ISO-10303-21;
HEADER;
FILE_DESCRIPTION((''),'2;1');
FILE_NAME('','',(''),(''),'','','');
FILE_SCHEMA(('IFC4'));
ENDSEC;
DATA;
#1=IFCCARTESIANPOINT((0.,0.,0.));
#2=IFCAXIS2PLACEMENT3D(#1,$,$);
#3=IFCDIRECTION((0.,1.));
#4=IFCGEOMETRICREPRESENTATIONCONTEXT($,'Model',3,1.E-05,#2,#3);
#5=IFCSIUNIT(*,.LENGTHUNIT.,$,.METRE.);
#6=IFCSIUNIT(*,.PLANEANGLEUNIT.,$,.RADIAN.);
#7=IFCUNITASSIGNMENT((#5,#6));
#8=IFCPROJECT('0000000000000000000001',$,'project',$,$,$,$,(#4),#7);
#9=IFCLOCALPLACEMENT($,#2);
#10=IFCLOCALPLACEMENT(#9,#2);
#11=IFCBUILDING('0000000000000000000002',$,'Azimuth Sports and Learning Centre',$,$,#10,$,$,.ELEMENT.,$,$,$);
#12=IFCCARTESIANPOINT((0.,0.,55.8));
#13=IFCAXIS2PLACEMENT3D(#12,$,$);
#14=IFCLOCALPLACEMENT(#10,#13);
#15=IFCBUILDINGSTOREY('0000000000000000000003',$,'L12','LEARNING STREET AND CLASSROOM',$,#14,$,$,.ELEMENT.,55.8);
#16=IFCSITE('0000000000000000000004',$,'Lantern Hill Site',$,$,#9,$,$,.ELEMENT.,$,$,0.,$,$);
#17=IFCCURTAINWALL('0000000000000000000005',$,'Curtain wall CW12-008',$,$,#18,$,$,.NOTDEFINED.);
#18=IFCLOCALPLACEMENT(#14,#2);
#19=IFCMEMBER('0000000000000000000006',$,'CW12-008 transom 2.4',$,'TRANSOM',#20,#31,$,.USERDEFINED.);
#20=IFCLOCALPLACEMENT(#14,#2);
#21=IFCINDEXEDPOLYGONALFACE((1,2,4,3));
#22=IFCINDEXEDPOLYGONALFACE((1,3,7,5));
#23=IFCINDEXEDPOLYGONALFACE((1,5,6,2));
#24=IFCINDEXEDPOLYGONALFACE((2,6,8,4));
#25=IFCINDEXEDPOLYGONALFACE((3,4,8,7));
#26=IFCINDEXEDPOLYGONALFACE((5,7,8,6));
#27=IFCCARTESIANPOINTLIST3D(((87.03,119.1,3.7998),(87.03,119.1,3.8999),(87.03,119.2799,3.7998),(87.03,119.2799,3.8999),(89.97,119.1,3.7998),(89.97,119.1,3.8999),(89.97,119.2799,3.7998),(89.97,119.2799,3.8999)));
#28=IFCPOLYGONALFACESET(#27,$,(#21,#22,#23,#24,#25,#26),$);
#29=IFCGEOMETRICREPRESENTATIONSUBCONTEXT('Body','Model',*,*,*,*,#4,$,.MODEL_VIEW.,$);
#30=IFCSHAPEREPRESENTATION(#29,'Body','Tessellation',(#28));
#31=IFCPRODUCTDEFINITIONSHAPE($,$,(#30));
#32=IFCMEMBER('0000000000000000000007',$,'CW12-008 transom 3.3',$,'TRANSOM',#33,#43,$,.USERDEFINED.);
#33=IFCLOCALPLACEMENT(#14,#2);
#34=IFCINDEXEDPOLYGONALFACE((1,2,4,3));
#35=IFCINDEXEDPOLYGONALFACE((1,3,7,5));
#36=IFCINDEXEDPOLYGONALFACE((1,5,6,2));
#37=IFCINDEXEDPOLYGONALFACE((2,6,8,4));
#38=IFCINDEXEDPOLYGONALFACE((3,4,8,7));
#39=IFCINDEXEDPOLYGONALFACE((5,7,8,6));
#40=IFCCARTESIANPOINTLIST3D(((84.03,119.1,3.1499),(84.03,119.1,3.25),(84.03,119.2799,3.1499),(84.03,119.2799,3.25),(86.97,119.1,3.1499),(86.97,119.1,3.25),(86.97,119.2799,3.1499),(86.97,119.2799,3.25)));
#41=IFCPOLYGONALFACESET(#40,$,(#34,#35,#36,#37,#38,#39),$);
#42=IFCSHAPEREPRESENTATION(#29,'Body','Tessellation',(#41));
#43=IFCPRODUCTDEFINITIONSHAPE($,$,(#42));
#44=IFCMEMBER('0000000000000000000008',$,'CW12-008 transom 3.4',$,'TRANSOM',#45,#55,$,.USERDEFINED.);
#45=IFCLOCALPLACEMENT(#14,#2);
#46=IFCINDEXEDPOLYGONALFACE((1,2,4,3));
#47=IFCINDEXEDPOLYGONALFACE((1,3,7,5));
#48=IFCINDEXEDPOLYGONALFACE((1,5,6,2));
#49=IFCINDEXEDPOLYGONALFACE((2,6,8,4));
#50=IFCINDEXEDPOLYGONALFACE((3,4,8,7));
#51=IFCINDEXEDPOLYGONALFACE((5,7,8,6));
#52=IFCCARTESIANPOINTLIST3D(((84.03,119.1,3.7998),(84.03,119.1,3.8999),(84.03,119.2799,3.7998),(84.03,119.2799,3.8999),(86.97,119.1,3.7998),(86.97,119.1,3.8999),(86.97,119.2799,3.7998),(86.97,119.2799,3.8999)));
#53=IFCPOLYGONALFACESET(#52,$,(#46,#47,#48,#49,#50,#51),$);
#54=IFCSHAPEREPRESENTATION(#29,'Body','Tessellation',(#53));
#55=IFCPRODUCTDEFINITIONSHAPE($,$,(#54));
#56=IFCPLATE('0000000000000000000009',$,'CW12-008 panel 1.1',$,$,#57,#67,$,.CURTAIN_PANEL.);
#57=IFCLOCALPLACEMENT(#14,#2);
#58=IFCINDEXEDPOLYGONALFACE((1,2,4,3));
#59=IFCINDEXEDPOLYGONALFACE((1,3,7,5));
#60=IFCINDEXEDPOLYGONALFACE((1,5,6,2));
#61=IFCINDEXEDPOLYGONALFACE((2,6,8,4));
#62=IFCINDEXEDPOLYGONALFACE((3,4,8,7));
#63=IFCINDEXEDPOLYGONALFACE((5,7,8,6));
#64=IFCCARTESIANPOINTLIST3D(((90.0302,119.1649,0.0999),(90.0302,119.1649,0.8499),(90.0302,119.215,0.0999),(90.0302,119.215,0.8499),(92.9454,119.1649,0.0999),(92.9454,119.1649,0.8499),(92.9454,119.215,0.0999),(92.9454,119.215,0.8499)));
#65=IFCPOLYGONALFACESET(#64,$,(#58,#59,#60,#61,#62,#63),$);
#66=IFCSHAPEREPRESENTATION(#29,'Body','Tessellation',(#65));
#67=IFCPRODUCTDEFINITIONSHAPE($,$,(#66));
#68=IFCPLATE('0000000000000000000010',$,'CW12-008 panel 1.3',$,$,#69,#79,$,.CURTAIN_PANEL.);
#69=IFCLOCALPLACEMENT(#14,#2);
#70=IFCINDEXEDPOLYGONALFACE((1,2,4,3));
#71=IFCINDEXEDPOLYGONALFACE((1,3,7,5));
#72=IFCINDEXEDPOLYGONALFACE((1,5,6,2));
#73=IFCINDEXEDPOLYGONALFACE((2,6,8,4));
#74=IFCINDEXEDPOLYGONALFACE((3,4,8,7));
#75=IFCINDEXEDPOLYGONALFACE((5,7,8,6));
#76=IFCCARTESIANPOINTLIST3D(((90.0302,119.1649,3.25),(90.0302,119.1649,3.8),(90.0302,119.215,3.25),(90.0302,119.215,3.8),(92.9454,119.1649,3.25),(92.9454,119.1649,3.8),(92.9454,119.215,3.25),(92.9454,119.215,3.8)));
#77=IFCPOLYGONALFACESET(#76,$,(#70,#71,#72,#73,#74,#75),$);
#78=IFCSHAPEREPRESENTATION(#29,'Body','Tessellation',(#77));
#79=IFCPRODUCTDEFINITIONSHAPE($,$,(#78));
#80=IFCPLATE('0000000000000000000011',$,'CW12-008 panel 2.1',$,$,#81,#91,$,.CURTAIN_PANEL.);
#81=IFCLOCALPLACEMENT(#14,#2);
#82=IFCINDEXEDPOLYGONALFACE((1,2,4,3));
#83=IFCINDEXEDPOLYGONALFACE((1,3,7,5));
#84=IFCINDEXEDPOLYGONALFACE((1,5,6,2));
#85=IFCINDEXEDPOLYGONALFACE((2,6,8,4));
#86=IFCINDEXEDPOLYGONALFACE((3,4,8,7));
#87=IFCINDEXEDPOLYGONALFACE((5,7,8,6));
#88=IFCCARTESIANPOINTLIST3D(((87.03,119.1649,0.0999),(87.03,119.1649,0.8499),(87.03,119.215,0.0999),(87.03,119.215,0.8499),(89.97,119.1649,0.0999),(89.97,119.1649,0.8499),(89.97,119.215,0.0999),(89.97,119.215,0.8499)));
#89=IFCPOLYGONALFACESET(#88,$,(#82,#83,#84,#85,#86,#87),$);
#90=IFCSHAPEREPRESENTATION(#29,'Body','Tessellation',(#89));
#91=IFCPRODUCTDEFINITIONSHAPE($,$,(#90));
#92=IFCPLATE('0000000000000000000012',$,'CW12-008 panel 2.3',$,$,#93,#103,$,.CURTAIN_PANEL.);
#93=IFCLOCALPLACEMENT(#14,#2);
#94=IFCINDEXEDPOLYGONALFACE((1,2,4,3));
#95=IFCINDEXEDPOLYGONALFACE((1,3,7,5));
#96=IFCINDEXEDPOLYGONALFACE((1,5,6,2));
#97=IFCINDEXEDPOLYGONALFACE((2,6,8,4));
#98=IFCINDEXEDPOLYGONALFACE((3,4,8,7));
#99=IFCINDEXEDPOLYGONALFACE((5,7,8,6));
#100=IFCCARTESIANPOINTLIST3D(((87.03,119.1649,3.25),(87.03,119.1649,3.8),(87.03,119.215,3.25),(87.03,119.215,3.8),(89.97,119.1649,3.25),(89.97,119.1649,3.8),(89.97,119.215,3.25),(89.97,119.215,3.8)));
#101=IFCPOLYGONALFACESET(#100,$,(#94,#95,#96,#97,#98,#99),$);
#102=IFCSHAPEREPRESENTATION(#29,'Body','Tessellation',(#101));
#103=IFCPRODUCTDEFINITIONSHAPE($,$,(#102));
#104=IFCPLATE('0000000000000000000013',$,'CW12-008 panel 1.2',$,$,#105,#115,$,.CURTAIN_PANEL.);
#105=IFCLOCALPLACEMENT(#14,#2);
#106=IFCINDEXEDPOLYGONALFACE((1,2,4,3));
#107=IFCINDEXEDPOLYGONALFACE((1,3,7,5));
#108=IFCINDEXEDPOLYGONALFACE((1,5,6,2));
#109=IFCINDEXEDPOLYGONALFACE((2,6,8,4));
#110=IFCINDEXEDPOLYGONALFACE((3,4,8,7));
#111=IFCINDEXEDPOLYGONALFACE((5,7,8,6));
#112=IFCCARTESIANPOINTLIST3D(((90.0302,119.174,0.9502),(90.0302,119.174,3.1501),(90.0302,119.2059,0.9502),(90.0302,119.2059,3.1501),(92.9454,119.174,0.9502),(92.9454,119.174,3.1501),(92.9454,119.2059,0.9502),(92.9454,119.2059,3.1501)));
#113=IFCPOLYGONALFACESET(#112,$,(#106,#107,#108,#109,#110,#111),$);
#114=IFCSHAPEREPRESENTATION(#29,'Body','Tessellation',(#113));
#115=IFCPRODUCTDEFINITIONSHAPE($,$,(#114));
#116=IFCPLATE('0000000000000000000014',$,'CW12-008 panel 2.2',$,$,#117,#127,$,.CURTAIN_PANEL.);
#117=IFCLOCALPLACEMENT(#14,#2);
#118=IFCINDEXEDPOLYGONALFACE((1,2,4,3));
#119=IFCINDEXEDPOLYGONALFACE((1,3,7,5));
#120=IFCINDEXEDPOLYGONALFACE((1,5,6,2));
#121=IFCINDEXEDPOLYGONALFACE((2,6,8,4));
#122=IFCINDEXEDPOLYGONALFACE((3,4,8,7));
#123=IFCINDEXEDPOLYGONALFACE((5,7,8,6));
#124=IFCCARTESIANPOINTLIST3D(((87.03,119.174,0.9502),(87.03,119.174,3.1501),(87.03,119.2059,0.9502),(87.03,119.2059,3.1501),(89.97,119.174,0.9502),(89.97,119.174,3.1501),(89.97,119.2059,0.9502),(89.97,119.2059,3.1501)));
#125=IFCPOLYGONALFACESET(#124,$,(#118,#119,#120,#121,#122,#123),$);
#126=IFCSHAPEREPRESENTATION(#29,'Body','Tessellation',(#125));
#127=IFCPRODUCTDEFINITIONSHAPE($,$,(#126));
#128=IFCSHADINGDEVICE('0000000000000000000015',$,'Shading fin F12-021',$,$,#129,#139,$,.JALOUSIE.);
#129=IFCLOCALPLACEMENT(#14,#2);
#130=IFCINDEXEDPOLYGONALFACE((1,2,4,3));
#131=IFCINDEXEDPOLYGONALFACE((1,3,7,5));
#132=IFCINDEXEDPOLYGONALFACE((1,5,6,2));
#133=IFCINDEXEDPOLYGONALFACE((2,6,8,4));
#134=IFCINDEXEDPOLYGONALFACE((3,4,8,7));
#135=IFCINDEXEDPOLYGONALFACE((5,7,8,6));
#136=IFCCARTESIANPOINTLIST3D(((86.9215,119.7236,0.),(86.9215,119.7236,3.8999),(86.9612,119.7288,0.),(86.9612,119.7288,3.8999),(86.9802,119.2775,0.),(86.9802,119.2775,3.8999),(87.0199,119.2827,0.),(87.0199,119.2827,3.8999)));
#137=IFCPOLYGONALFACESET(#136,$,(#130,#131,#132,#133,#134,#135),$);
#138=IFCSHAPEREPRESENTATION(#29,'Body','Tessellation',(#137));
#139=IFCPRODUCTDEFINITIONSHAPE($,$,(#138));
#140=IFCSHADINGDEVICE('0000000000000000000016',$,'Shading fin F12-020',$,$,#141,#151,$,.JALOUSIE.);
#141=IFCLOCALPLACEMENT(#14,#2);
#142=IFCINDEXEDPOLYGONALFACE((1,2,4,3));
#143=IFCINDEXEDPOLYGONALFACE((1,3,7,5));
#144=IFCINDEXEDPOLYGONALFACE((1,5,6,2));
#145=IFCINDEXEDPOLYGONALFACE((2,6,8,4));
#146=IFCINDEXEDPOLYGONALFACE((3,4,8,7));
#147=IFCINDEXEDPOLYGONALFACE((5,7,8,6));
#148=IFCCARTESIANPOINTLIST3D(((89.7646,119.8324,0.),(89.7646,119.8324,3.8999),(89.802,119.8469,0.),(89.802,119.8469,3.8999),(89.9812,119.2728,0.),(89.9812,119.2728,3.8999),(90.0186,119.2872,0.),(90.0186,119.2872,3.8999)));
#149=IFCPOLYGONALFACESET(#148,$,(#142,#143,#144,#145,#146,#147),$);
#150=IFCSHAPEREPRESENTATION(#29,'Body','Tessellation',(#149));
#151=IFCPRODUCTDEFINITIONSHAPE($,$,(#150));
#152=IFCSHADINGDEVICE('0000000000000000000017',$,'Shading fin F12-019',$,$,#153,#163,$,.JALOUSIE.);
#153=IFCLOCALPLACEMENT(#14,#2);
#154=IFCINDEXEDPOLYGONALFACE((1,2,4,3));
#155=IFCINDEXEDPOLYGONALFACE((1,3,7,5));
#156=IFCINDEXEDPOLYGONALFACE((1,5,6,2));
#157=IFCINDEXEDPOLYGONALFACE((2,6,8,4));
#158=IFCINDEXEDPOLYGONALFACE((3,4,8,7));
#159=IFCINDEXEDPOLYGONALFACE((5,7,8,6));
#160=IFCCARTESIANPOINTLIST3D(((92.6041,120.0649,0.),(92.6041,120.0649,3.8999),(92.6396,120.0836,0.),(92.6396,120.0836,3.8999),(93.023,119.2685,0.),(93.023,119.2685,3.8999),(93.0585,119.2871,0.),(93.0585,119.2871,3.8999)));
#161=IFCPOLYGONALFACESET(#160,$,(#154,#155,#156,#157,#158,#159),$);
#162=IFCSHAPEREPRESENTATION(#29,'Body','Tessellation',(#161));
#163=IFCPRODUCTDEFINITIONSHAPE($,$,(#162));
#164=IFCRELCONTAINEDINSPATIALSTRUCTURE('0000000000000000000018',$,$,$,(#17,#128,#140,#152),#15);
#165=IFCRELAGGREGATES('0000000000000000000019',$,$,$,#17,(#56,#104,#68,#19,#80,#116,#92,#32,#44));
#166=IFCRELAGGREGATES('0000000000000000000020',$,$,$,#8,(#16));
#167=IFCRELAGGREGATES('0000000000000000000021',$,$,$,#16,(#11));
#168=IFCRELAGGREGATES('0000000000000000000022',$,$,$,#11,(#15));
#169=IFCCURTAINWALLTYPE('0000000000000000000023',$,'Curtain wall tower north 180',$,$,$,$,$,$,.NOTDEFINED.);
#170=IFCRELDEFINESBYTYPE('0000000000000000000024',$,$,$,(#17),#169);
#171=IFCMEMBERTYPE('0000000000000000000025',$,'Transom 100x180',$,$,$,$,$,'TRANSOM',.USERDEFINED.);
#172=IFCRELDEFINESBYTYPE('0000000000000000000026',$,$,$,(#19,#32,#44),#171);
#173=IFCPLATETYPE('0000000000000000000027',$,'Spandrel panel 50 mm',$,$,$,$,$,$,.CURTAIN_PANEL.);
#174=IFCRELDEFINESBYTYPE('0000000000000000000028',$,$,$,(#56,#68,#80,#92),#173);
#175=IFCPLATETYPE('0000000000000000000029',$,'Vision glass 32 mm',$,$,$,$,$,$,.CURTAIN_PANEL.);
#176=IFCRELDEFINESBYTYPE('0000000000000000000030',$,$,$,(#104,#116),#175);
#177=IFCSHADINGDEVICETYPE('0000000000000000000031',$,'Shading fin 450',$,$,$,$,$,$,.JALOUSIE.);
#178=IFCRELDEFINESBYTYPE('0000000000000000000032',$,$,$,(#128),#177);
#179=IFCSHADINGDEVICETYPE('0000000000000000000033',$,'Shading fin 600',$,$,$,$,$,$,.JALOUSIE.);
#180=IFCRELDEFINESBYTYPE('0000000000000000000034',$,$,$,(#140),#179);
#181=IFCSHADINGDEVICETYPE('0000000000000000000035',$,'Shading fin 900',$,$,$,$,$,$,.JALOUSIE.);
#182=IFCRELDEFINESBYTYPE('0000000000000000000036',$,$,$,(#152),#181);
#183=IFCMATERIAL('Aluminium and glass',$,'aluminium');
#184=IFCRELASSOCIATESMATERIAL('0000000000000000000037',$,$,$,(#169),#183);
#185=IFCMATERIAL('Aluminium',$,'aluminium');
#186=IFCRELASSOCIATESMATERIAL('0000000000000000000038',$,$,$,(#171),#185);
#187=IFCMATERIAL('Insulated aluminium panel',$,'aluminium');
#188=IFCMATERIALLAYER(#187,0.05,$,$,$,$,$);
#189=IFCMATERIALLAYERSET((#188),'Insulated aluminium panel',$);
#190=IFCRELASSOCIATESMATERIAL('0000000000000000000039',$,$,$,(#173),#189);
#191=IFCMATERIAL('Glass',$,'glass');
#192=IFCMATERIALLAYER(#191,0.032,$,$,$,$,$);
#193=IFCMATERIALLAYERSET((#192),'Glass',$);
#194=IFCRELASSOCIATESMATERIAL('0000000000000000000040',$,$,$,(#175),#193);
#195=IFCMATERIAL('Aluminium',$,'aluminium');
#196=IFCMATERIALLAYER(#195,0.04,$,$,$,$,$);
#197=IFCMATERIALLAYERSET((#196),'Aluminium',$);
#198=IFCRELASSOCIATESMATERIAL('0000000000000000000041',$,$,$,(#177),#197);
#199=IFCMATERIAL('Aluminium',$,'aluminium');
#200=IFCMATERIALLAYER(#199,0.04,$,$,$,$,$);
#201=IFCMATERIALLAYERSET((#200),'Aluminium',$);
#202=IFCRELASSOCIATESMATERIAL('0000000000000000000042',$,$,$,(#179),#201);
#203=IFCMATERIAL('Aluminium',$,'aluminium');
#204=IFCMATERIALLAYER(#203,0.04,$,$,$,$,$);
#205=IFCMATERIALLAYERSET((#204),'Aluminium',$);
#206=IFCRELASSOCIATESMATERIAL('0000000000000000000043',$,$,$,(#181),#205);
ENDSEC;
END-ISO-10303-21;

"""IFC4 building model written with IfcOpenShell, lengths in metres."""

from ifc_helpers import new_model, si_unit, direction, frame, origin, origin_2d, place, context, subcontext, project, spatial, rectangle, extrude, material, layer, layer_set, material_profile, profile_set, type_object, element, aggregate, save


model = new_model("IFC4")

# Units and contexts
model_context = context("Model", 3, precision=1e-05, world=origin(), true_north=direction((0.0, 1.0)))
body_context = subcontext(model_context, "Body", "Model", "MODEL_VIEW")
ifc_project = project(units=[si_unit("LENGTHUNIT", "METRE"), si_unit("PLANEANGLEUNIT", "RADIAN")], contexts=[model_context])

# Site, building, storey
site_placement = place(None, origin())
site = spatial("IfcSite", under=ifc_project, at=site_placement, Name="Lantern Hill Site", CompositionType="ELEMENT", RefElevation=0.0)
building_placement = place(site_placement, origin())
building = spatial("IfcBuilding", under=site, at=building_placement, Name="Azimuth Sports and Learning Centre", CompositionType="ELEMENT")
storey_placement = place(building_placement, frame((0.0, 0.0, 55.8)))
storey = spatial("IfcBuildingStorey", under=building, at=storey_placement, Name="L12", Description="LEARNING STREET AND CLASSROOM", CompositionType="ELEMENT", Elevation=55.8)

# Curtain wall, members, plates
ifc_material_1 = material(Name="Aluminium and glass", Category="aluminium")
curtain_wall_type = type_object("IfcCurtainWallType", Name="Curtain wall tower north 180", PredefinedType="NOTDEFINED", material=ifc_material_1)
curtain_wall_placement = place(storey_placement, origin())
curtain_wall = element("IfcCurtainWall", 1, at=curtain_wall_placement, inside=storey, type_object=curtain_wall_type, Name="Curtain wall CW12-008", PredefinedType="NOTDEFINED")
ifc_material_2 = material(Name="Aluminium", Category="aluminium")
ifc_material_profile_1 = material_profile(ifc_material_2, rectangle(XDim=0.1799, YDim=0.1001, at=origin_2d()), Name="Transom 100x180")
ifc_profile_set_1 = profile_set([ifc_material_profile_1], Name="Aluminium")
member_type_1 = type_object("IfcMemberType", Name="Transom 100x180", ElementType="TRANSOM", PredefinedType="USERDEFINED", material=ifc_profile_set_1)
member_1_placement = place(storey_placement, frame((89.97, 119.1899, 3.8499), z_axis=(-1.0, 0.0, 0.0), x_axis=(0.0, -1.0, 0.0)))
member_1 = element("IfcMember", 2, at=member_1_placement, type_object=member_type_1, Name="CW12-008 transom 2.4", ObjectType="TRANSOM", PredefinedType="USERDEFINED", context=body_context, shape_type="SweptSolid", body=[
    extrude(rectangle(XDim=0.1799, YDim=0.1001, at=origin_2d()), origin(), (0.0, 0.0, 1.0), 2.9399),
])
member_2_placement = place(storey_placement, frame((86.97, 119.1899, 3.2), z_axis=(-1.0, 0.0, 0.0), x_axis=(0.0, -1.0, 0.0)))
member_2 = element("IfcMember", 3, at=member_2_placement, type_object=member_type_1, Name="CW12-008 transom 3.3", ObjectType="TRANSOM", PredefinedType="USERDEFINED", context=body_context, shape_type="SweptSolid", body=[
    extrude(rectangle(XDim=0.1799, YDim=0.1001, at=origin_2d()), origin(), (0.0, 0.0, 1.0), 2.9399),
])
member_3_placement = place(storey_placement, frame((86.97, 119.1899, 3.8499), z_axis=(-1.0, 0.0, 0.0), x_axis=(0.0, -1.0, 0.0)))
member_3 = element("IfcMember", 4, at=member_3_placement, type_object=member_type_1, Name="CW12-008 transom 3.4", ObjectType="TRANSOM", PredefinedType="USERDEFINED", context=body_context, shape_type="SweptSolid", body=[
    extrude(rectangle(XDim=0.1799, YDim=0.1001, at=origin_2d()), origin(), (0.0, 0.0, 1.0), 2.9399),
])
ifc_material_3 = material(Name="Insulated aluminium panel", Category="aluminium")
ifc_layer_1 = layer(ifc_material_3, 0.05)
ifc_layer_set_1 = layer_set([ifc_layer_1], Name="Insulated aluminium panel")
plate_type_1 = type_object("IfcPlateType", Name="Spandrel panel 50 mm", PredefinedType="CURTAIN_PANEL", material=ifc_layer_set_1)
plate_1_placement = place(storey_placement, frame((91.4878, 119.1899, 0.0999), z_axis=(0.0, 0.0, 1.0), x_axis=(-1.0, 0.0, 0.0)))
plate_1 = element("IfcPlate", 5, at=plate_1_placement, type_object=plate_type_1, Name="CW12-008 panel 1.1", PredefinedType="CURTAIN_PANEL", context=body_context, shape_type="SweptSolid", body=[
    extrude(rectangle(XDim=2.9153, YDim=0.05, at=origin_2d()), origin(), (0.0, 0.0, 1.0), 0.75),
])
plate_2_placement = place(storey_placement, frame((91.4878, 119.1899, 3.25), z_axis=(0.0, 0.0, 1.0), x_axis=(-1.0, 0.0, 0.0)))
plate_2 = element("IfcPlate", 6, at=plate_2_placement, type_object=plate_type_1, Name="CW12-008 panel 1.3", PredefinedType="CURTAIN_PANEL", context=body_context, shape_type="SweptSolid", body=[
    extrude(rectangle(XDim=2.9153, YDim=0.05, at=origin_2d()), origin(), (0.0, 0.0, 1.0), 0.55),
])
plate_3_placement = place(storey_placement, frame((88.5, 119.1899, 0.0999), z_axis=(0.0, 0.0, 1.0), x_axis=(-1.0, 0.0, 0.0)))
plate_3 = element("IfcPlate", 7, at=plate_3_placement, type_object=plate_type_1, Name="CW12-008 panel 2.1", PredefinedType="CURTAIN_PANEL", context=body_context, shape_type="SweptSolid", body=[
    extrude(rectangle(XDim=2.9399, YDim=0.05, at=origin_2d()), origin(), (0.0, 0.0, 1.0), 0.75),
])
plate_4_placement = place(storey_placement, frame((88.5, 119.1899, 3.25), z_axis=(0.0, 0.0, 1.0), x_axis=(-1.0, 0.0, 0.0)))
plate_4 = element("IfcPlate", 8, at=plate_4_placement, type_object=plate_type_1, Name="CW12-008 panel 2.3", PredefinedType="CURTAIN_PANEL", context=body_context, shape_type="SweptSolid", body=[
    extrude(rectangle(XDim=2.9399, YDim=0.05, at=origin_2d()), origin(), (0.0, 0.0, 1.0), 0.55),
])
ifc_material_4 = material(Name="Glass", Category="glass")
ifc_layer_2 = layer(ifc_material_4, 0.032)
ifc_layer_set_2 = layer_set([ifc_layer_2], Name="Glass")
plate_type_2 = type_object("IfcPlateType", Name="Vision glass 32 mm", PredefinedType="CURTAIN_PANEL", material=ifc_layer_set_2)
plate_5_placement = place(storey_placement, frame((91.4878, 119.1899, 0.9502), z_axis=(0.0, 0.0, 1.0), x_axis=(-1.0, 0.0, 0.0)))
plate_5 = element("IfcPlate", 9, at=plate_5_placement, type_object=plate_type_2, Name="CW12-008 panel 1.2", PredefinedType="CURTAIN_PANEL", context=body_context, shape_type="SweptSolid", body=[
    extrude(rectangle(XDim=2.9153, YDim=0.032, at=origin_2d()), origin(), (0.0, 0.0, 1.0), 2.2),
])
plate_6_placement = place(storey_placement, frame((88.5, 119.1899, 0.9502), z_axis=(0.0, 0.0, 1.0), x_axis=(-1.0, 0.0, 0.0)))
plate_6 = element("IfcPlate", 10, at=plate_6_placement, type_object=plate_type_2, Name="CW12-008 panel 2.2", PredefinedType="CURTAIN_PANEL", context=body_context, shape_type="SweptSolid", body=[
    extrude(rectangle(XDim=2.9399, YDim=0.032, at=origin_2d()), origin(), (0.0, 0.0, 1.0), 2.2),
])
aggregate(curtain_wall, [plate_1, plate_5, plate_2, member_1, plate_3, plate_6, plate_4, member_2, member_3])

# Shading devices
ifc_material_5 = material(Name="Aluminium", Category="aluminium")
ifc_layer_3 = layer(ifc_material_5, 0.04)
ifc_layer_set_3 = layer_set([ifc_layer_3], Name="Aluminium")
shading_device_type_1 = type_object("IfcShadingDeviceType", Name="Shading fin 450", PredefinedType="JALOUSIE", material=ifc_layer_set_3)
shading_device_1_placement = place(storey_placement, frame((86.9707, 119.5032, 0.0), z_axis=(0.0, 0.0, 1.0), x_axis=(-0.130264, 0.991479, 0.0)))
element("IfcShadingDevice", 11, at=shading_device_1_placement, inside=storey, type_object=shading_device_type_1, Name="Shading fin F12-021", PredefinedType="JALOUSIE", context=body_context, shape_type="SweptSolid", body=[
    extrude(rectangle(XDim=0.45, YDim=0.04, at=origin_2d()), origin(), (0.0, 0.0, 1.0), 3.8999),
])
ifc_material_6 = material(Name="Aluminium", Category="aluminium")
ifc_layer_4 = layer(ifc_material_6, 0.04)
ifc_layer_set_4 = layer_set([ifc_layer_4], Name="Aluminium")
shading_device_type_2 = type_object("IfcShadingDeviceType", Name="Shading fin 600", PredefinedType="JALOUSIE", material=ifc_layer_set_4)
shading_device_2_placement = place(storey_placement, frame((89.8916, 119.5598, 0.0), z_axis=(0.0, 0.0, 1.0), x_axis=(-0.360978, 0.932574, 0.0)))
element("IfcShadingDevice", 12, at=shading_device_2_placement, inside=storey, type_object=shading_device_type_2, Name="Shading fin F12-020", PredefinedType="JALOUSIE", context=body_context, shape_type="SweptSolid", body=[
    extrude(rectangle(XDim=0.6001, YDim=0.04, at=origin_2d()), origin(), (0.0, 0.0, 1.0), 3.8999),
])
ifc_material_7 = material(Name="Aluminium", Category="aluminium")
ifc_layer_5 = layer(ifc_material_7, 0.04)
ifc_layer_set_5 = layer_set([ifc_layer_5], Name="Aluminium")
shading_device_type_3 = type_object("IfcShadingDeviceType", Name="Shading fin 900", PredefinedType="JALOUSIE", material=ifc_layer_set_5)
shading_device_3_placement = place(storey_placement, frame((92.8313, 119.676, 0.0), z_axis=(0.0, 0.0, 1.0), x_axis=(-0.465511, 0.885042, 0.0)))
element("IfcShadingDevice", 13, at=shading_device_3_placement, inside=storey, type_object=shading_device_type_3, Name="Shading fin F12-019", PredefinedType="JALOUSIE", context=body_context, shape_type="SweptSolid", body=[
    extrude(rectangle(XDim=0.8999, YDim=0.04, at=origin_2d()), origin(), (0.0, 0.0, 1.0), 3.8999),
])

save(model, "model.ifc")
